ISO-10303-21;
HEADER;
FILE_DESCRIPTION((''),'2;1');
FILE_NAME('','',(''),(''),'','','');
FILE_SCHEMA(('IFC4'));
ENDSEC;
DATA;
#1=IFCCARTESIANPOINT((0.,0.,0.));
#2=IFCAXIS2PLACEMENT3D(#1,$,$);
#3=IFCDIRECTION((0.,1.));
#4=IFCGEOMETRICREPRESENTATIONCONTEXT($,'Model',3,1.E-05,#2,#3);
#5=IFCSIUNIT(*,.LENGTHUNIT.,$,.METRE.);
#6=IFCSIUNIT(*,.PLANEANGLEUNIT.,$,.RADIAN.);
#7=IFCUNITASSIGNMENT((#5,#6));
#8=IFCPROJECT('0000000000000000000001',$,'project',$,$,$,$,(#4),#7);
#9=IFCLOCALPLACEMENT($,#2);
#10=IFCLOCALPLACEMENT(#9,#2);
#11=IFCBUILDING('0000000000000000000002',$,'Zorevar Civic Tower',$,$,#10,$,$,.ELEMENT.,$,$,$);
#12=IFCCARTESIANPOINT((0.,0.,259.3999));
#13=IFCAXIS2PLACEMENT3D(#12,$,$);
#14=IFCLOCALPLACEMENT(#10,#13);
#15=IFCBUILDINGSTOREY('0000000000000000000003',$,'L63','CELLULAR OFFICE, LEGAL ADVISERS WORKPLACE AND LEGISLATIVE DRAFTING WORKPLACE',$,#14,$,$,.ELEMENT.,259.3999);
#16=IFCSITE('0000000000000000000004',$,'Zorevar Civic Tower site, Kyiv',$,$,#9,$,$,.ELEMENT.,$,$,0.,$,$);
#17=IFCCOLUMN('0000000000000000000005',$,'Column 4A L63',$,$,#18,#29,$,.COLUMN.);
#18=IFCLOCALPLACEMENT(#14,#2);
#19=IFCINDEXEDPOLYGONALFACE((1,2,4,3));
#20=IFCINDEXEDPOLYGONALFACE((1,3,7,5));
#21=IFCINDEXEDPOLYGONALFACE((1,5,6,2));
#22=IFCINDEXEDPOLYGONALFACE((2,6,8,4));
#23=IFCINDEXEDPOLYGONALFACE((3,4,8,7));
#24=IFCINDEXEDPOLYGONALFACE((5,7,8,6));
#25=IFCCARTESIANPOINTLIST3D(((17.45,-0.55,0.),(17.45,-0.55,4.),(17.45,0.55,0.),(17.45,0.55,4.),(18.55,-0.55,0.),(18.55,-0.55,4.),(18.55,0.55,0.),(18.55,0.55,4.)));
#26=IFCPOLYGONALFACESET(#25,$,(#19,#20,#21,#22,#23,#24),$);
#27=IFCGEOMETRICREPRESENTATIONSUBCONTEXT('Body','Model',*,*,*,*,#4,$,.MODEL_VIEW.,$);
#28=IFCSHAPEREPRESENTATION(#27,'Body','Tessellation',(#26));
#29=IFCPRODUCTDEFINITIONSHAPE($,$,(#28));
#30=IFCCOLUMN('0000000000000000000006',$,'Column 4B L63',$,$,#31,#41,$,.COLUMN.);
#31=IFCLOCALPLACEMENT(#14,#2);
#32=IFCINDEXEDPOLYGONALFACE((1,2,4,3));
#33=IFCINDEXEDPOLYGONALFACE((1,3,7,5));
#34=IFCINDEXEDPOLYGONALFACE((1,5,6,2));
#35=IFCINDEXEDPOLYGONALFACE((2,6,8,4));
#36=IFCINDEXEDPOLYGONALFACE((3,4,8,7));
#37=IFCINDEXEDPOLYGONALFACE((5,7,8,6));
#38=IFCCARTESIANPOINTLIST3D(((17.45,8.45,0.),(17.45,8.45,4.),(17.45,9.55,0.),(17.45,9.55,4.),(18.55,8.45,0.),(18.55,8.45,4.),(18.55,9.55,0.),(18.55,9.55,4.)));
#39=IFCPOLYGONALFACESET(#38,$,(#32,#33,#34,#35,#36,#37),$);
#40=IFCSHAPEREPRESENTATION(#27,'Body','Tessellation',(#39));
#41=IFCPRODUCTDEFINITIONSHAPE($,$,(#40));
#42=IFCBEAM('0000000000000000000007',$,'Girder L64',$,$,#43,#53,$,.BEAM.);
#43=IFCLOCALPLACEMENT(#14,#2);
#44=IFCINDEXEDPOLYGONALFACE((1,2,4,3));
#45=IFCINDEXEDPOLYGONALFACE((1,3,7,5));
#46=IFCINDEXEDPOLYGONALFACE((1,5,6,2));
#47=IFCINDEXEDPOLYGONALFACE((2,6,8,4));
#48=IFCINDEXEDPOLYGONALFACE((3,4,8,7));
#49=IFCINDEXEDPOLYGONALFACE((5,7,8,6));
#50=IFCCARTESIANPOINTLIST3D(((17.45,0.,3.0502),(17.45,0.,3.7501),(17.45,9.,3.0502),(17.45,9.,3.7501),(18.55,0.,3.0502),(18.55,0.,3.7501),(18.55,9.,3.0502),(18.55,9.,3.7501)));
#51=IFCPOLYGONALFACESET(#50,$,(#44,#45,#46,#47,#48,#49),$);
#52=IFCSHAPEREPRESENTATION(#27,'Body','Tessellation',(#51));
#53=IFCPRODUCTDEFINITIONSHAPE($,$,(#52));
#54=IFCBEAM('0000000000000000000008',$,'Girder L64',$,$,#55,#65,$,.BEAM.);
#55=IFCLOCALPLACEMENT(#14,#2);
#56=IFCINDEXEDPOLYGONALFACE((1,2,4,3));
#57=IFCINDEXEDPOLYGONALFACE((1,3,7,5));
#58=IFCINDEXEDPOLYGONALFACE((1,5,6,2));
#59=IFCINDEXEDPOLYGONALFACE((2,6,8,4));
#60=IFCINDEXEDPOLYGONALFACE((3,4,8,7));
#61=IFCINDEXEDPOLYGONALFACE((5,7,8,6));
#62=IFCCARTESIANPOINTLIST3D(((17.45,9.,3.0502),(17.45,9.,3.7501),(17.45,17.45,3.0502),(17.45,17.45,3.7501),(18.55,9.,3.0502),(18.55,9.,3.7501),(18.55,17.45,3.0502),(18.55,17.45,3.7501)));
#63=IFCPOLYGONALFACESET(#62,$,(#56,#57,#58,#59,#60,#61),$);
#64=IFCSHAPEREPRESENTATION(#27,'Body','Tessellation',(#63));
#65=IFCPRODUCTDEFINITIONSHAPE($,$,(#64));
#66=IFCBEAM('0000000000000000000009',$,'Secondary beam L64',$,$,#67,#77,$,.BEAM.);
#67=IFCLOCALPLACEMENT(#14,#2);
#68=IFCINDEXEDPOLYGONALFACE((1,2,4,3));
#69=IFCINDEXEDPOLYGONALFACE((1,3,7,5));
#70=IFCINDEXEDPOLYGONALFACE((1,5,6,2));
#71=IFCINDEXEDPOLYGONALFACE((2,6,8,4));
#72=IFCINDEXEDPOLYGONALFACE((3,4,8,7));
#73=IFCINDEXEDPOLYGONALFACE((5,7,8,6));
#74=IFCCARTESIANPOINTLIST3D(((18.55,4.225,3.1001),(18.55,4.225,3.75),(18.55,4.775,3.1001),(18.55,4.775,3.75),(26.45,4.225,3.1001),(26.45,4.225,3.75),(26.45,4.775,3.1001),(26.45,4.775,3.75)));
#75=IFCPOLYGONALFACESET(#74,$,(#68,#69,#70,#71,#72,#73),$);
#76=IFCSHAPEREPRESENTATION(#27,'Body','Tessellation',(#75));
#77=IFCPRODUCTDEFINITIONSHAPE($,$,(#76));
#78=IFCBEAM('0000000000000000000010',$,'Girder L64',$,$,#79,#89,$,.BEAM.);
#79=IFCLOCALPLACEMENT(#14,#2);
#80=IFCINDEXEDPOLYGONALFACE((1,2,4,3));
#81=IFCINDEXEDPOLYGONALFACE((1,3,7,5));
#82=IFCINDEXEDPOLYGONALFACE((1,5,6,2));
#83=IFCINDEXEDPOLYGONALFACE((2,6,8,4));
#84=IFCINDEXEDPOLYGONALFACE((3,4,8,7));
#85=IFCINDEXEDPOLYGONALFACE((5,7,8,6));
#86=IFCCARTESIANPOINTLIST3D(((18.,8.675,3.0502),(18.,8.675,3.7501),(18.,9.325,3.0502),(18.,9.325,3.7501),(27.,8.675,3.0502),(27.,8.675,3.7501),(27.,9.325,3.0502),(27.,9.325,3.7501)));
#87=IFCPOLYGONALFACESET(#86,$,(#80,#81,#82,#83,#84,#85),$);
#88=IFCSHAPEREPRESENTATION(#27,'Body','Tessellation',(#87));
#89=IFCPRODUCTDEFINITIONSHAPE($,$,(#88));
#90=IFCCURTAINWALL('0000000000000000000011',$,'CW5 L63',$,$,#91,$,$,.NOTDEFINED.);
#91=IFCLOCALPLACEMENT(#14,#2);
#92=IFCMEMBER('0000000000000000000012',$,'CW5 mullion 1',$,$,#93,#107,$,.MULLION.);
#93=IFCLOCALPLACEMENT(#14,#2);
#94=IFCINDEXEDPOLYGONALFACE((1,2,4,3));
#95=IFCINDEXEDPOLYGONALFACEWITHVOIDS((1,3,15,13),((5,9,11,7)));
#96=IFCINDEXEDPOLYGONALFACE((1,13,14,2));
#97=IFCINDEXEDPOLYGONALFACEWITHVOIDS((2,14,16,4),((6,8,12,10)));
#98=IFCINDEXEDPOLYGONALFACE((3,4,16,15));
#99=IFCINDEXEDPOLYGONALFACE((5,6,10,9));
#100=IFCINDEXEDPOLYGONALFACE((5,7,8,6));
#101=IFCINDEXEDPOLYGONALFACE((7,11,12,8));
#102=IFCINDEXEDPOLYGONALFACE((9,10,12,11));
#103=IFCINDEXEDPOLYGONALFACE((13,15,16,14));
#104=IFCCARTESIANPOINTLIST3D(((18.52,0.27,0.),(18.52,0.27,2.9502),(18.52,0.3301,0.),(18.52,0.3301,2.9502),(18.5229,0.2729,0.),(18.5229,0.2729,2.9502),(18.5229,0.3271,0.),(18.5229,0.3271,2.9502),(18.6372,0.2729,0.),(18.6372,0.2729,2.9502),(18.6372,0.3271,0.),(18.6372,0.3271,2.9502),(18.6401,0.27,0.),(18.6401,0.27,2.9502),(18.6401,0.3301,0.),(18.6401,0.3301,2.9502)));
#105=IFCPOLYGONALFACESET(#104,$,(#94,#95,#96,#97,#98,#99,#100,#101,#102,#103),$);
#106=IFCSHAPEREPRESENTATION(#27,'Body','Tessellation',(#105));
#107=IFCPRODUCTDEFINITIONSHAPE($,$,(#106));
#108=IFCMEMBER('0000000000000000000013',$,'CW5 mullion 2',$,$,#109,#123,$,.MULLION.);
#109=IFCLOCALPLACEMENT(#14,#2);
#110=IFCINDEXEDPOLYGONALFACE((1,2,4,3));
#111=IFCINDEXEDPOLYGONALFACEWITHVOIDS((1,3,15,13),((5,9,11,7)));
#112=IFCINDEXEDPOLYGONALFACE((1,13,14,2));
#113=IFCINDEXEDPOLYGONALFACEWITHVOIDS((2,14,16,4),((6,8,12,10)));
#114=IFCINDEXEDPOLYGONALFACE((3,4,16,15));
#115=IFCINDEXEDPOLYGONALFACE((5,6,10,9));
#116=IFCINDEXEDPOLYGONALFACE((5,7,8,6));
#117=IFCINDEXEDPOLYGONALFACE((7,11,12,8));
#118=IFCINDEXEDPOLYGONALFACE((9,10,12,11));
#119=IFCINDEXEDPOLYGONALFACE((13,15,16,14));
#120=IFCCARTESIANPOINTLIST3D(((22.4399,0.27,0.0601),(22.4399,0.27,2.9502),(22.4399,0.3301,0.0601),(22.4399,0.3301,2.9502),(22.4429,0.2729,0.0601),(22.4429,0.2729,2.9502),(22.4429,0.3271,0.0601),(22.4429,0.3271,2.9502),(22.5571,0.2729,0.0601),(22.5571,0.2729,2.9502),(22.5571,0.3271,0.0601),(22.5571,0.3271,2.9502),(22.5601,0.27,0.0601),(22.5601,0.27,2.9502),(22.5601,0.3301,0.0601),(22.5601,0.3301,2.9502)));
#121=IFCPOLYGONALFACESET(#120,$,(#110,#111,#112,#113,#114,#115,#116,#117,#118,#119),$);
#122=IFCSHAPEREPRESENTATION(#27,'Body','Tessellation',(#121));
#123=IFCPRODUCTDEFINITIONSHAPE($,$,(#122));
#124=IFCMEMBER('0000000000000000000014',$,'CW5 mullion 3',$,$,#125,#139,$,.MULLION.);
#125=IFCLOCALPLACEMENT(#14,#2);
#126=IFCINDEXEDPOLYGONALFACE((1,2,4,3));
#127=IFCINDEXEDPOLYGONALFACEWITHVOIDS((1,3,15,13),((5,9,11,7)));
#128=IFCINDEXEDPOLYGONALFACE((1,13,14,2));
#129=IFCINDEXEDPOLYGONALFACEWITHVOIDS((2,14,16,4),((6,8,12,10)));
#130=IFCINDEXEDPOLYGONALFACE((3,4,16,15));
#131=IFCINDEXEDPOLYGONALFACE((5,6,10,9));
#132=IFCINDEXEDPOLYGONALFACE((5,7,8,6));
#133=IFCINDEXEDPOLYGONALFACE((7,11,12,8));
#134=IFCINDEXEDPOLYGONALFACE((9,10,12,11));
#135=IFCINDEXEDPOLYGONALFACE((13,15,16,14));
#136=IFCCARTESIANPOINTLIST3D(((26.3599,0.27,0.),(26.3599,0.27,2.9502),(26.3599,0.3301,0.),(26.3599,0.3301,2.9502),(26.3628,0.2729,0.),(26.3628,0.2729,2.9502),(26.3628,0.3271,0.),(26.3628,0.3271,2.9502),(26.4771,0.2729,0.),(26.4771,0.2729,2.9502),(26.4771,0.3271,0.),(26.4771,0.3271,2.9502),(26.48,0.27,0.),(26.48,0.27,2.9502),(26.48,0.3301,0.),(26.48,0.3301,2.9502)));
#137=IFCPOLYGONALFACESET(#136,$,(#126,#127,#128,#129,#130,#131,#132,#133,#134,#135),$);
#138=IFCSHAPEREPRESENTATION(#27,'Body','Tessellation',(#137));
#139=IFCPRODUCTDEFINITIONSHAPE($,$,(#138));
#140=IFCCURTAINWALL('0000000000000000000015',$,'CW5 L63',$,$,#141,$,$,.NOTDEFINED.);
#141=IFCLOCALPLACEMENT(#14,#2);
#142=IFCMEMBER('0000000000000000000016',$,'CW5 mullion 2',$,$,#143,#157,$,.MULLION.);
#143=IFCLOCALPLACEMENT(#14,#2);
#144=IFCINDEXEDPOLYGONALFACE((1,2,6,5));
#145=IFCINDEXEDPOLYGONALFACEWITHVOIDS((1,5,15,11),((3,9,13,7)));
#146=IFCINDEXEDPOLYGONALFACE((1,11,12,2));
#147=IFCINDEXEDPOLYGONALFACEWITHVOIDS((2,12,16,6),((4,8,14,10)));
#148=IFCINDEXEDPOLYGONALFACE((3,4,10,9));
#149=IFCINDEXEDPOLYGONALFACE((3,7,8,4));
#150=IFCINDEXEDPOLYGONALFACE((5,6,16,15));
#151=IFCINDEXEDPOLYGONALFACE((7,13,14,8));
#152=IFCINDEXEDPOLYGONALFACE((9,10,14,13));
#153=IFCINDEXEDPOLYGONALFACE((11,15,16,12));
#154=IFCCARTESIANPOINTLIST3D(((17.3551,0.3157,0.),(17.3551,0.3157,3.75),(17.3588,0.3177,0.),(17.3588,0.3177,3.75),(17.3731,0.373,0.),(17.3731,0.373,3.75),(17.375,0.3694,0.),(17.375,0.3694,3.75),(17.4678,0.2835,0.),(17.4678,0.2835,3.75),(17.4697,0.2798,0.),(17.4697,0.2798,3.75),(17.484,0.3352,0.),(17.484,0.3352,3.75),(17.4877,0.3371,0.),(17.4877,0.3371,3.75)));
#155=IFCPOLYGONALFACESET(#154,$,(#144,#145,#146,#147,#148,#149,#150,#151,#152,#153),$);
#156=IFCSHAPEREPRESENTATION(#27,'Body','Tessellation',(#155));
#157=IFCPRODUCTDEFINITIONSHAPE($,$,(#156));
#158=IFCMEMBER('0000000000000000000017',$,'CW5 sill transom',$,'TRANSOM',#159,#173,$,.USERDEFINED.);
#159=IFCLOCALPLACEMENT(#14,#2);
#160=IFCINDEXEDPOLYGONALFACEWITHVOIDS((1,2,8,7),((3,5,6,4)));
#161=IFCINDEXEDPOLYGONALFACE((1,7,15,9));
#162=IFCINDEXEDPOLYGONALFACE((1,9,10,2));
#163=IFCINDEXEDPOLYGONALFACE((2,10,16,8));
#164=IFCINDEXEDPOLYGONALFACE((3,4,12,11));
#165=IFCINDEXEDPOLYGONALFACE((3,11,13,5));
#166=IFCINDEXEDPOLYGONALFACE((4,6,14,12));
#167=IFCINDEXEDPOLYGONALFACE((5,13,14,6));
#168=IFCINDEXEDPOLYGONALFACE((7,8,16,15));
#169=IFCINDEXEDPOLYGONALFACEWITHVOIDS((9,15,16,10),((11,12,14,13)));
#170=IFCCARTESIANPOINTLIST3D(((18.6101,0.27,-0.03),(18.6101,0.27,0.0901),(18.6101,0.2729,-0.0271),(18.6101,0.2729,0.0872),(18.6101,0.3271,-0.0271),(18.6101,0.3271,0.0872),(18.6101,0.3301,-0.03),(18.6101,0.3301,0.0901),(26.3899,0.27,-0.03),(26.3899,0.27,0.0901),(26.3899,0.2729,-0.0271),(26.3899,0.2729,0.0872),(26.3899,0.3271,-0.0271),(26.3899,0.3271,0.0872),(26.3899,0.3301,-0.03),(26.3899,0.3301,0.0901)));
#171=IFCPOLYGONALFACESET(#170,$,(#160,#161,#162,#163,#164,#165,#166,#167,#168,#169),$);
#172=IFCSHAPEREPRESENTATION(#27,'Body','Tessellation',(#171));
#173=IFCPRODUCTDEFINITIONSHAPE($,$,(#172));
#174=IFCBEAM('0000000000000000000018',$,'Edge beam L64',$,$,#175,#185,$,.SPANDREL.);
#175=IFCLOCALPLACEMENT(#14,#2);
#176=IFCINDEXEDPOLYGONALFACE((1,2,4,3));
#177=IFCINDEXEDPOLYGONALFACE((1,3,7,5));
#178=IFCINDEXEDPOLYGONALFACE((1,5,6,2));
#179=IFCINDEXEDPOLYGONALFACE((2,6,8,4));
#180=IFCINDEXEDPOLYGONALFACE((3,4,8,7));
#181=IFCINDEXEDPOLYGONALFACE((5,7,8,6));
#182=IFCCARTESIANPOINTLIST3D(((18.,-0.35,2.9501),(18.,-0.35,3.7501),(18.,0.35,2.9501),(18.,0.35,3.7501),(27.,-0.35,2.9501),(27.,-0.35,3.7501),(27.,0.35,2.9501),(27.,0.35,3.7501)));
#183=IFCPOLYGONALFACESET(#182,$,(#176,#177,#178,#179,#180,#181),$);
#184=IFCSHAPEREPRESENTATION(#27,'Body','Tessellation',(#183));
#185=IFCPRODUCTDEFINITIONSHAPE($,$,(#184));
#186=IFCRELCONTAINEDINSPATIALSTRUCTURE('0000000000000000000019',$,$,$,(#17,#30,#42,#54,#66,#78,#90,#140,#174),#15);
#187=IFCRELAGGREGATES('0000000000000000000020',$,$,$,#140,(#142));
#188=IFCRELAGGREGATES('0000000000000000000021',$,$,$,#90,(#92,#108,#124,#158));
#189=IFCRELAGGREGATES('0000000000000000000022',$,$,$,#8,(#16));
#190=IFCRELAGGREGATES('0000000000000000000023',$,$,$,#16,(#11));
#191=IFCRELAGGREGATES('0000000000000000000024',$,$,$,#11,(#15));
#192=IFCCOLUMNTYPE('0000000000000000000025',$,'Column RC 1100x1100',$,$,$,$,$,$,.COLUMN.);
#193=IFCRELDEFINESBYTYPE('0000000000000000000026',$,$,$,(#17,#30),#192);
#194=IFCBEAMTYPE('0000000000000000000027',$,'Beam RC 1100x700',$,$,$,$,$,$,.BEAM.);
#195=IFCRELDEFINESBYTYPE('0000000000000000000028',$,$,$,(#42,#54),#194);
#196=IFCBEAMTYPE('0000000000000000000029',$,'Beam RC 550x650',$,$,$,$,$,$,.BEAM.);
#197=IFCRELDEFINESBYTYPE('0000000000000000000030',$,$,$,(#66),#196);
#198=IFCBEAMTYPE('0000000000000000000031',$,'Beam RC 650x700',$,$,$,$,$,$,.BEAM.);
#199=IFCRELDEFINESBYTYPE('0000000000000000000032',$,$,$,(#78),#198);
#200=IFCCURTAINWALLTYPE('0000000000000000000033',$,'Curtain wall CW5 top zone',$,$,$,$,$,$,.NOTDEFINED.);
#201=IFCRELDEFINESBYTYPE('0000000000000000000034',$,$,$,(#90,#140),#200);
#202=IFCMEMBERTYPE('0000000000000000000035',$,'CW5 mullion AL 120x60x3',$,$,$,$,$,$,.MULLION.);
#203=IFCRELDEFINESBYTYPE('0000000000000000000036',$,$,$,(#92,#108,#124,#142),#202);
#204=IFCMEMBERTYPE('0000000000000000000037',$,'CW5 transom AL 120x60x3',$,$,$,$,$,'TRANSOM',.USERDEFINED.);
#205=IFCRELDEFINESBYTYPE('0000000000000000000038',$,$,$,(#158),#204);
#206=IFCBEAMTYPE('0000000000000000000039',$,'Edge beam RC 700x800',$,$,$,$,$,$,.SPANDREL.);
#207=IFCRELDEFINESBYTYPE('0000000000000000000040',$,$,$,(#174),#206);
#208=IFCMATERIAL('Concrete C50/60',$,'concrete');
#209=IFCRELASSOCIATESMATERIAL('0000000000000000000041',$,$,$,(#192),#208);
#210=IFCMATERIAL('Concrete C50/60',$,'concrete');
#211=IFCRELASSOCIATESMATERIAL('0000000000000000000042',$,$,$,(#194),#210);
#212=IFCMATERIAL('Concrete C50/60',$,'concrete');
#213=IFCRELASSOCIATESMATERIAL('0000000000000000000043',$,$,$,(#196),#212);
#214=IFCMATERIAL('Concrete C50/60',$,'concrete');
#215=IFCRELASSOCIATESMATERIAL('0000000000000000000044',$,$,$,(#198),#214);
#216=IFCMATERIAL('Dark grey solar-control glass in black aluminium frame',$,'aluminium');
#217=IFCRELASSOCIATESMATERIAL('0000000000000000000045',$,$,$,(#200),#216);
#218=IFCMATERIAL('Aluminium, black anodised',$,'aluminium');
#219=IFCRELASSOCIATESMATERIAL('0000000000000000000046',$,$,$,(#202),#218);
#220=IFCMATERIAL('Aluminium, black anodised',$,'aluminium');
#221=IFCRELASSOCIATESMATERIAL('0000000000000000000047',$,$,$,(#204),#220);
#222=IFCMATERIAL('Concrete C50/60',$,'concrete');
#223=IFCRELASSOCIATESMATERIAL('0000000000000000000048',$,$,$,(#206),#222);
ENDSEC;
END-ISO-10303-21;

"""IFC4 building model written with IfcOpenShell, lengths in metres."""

from ifc_helpers import new_model, si_unit, direction, frame, origin, origin_2d, place, context, subcontext, project, spatial, rectangle, hollow_rectangle, extrude, material, material_profile, profile_set, type_object, element, aggregate, save


model = new_model("IFC4")

# Units and contexts
model_context = context("Model", 3, precision=1e-05, world=origin(), true_north=direction((0.0, 1.0)))
body_context = subcontext(model_context, "Body", "Model", "MODEL_VIEW")
ifc_project = project(units=[si_unit("LENGTHUNIT", "METRE"), si_unit("PLANEANGLEUNIT", "RADIAN")], contexts=[model_context])

# Site, building, storey
site_placement = place(None, origin())
site = spatial("IfcSite", under=ifc_project, at=site_placement, Name="Zorevar Civic Tower site, Kyiv", CompositionType="ELEMENT", RefElevation=0.0)
building_placement = place(site_placement, origin())
building = spatial("IfcBuilding", under=site, at=building_placement, Name="Zorevar Civic Tower", CompositionType="ELEMENT")
storey_placement = place(building_placement, frame((0.0, 0.0, 259.3999)))
storey = spatial("IfcBuildingStorey", under=building, at=storey_placement, Name="L63", Description="CELLULAR OFFICE, LEGAL ADVISERS WORKPLACE AND LEGISLATIVE DRAFTING WORKPLACE", CompositionType="ELEMENT", Elevation=259.3999)

# Columns
ifc_material_1 = material(Name="Concrete C50/60", Category="concrete")
ifc_material_profile_1 = material_profile(ifc_material_1, rectangle(XDim=1.1001, YDim=1.1001, at=origin_2d()), Name="RC 1100x1100")
ifc_profile_set_1 = profile_set([ifc_material_profile_1], Name="Concrete C50/60")
column_type = type_object("IfcColumnType", Name="Column RC 1100x1100", PredefinedType="COLUMN", material=ifc_profile_set_1)
for number, where, z_axis, x_axis, name in (
    (1, (18.0, 0.0, 0.0), (0.0, 0.0, 1.0), (1.0, 0.0, 0.0), "Column 4A L63"),
    (2, (18.0, 9.0, 0.0), (0.0, 0.0, 1.0), (1.0, 0.0, 0.0), "Column 4B L63"),
):
    element("IfcColumn", number, at=place(storey_placement, frame(where, z_axis=z_axis, x_axis=x_axis)), inside=storey, type_object=column_type, Name=name, PredefinedType="COLUMN", context=body_context, shape_type="SweptSolid", body=[
        extrude(rectangle(XDim=1.1001, YDim=1.1001, at=origin_2d()), origin(), (0.0, 0.0, 1.0), 4.0),
    ])

# Beams
ifc_material_2 = material(Name="Concrete C50/60", Category="concrete")
ifc_material_profile_2 = material_profile(ifc_material_2, rectangle(XDim=1.1001, YDim=0.7, at=origin_2d()), Name="RC 1100x700")
ifc_profile_set_2 = profile_set([ifc_material_profile_2], Name="Concrete C50/60")
beam_type_1 = type_object("IfcBeamType", Name="Beam RC 1100x700", PredefinedType="BEAM", material=ifc_profile_set_2)
beam_1_placement = place(storey_placement, frame((18.0, 0.0, 3.4001), z_axis=(0.0, 1.0, 0.0), x_axis=(-1.0, 0.0, 0.0)))
element("IfcBeam", 3, at=beam_1_placement, inside=storey, type_object=beam_type_1, Name="Girder L64", PredefinedType="BEAM", context=body_context, shape_type="SweptSolid", body=[
    extrude(rectangle(XDim=1.1001, YDim=0.7, at=origin_2d()), origin(), (0.0, 0.0, 1.0), 9.0),
])
beam_2_placement = place(storey_placement, frame((18.0, 9.0, 3.4001), z_axis=(0.0, 1.0, 0.0), x_axis=(-1.0, 0.0, 0.0)))
element("IfcBeam", 4, at=beam_2_placement, inside=storey, type_object=beam_type_1, Name="Girder L64", PredefinedType="BEAM", context=body_context, shape_type="SweptSolid", body=[
    extrude(rectangle(XDim=1.1001, YDim=0.7, at=origin_2d()), origin(), (0.0, 0.0, 1.0), 8.45),
])
ifc_material_3 = material(Name="Concrete C50/60", Category="concrete")
ifc_material_profile_3 = material_profile(ifc_material_3, rectangle(XDim=0.55, YDim=0.6499, at=origin_2d()), Name="RC 550x650")
ifc_profile_set_3 = profile_set([ifc_material_profile_3], Name="Concrete C50/60")
beam_type_2 = type_object("IfcBeamType", Name="Beam RC 550x650", PredefinedType="BEAM", material=ifc_profile_set_3)
beam_3_placement = place(storey_placement, frame((18.55, 4.5, 3.425), z_axis=(1.0, 0.0, 0.0), x_axis=(0.0, 1.0, 0.0)))
element("IfcBeam", 5, at=beam_3_placement, inside=storey, type_object=beam_type_2, Name="Secondary beam L64", PredefinedType="BEAM", context=body_context, shape_type="SweptSolid", body=[
    extrude(rectangle(XDim=0.55, YDim=0.6499, at=origin_2d()), origin(), (0.0, 0.0, 1.0), 7.8999),
])
ifc_material_4 = material(Name="Concrete C50/60", Category="concrete")
ifc_material_profile_4 = material_profile(ifc_material_4, rectangle(XDim=0.6499, YDim=0.7, at=origin_2d()), Name="RC 650x700")
ifc_profile_set_4 = profile_set([ifc_material_profile_4], Name="Concrete C50/60")
beam_type_3 = type_object("IfcBeamType", Name="Beam RC 650x700", PredefinedType="BEAM", material=ifc_profile_set_4)
beam_4_placement = place(storey_placement, frame((18.0, 9.0, 3.4001), z_axis=(1.0, 0.0, 0.0), x_axis=(0.0, 1.0, 0.0)))
element("IfcBeam", 6, at=beam_4_placement, inside=storey, type_object=beam_type_3, Name="Girder L64", PredefinedType="BEAM", context=body_context, shape_type="SweptSolid", body=[
    extrude(rectangle(XDim=0.6499, YDim=0.7, at=origin_2d()), origin(), (0.0, 0.0, 1.0), 9.0),
])

# Curtain wall, members
ifc_material_5 = material(Name="Dark grey solar-control glass in black aluminium frame", Category="aluminium")
curtain_wall_type = type_object("IfcCurtainWallType", Name="Curtain wall CW5 top zone", PredefinedType="NOTDEFINED", material=ifc_material_5)
curtain_wall_1_placement = place(storey_placement, origin())
curtain_wall_1 = element("IfcCurtainWall", 7, at=curtain_wall_1_placement, inside=storey, type_object=curtain_wall_type, Name="CW5 L63", PredefinedType="NOTDEFINED")
ifc_material_6 = material(Name="Aluminium, black anodised", Category="aluminium")
ifc_material_profile_5 = material_profile(ifc_material_6, hollow_rectangle(XDim=0.0601, YDim=0.1201, WallThickness=0.0029, at=origin_2d()), Name="AL 120x60x3")
ifc_profile_set_5 = profile_set([ifc_material_profile_5], Name="Aluminium, black anodised")
member_type_1 = type_object("IfcMemberType", Name="CW5 mullion AL 120x60x3", PredefinedType="MULLION", material=ifc_profile_set_5)
member_1_placement = place(storey_placement, frame((18.5801, 0.3, 0.0), z_axis=(0.0, 0.0, 1.0), x_axis=(0.0, 1.0, 0.0)))
member_1 = element("IfcMember", 8, at=member_1_placement, type_object=member_type_1, Name="CW5 mullion 1", PredefinedType="MULLION", context=body_context, shape_type="SweptSolid", body=[
    extrude(hollow_rectangle(XDim=0.0601, YDim=0.1201, WallThickness=0.0029, at=origin_2d()), origin(), (0.0, 0.0, 1.0), 2.9502),
])
member_2_placement = place(storey_placement, frame((22.5, 0.3, 0.0601), z_axis=(0.0, 0.0, 1.0), x_axis=(0.0, 1.0, 0.0)))
member_2 = element("IfcMember", 9, at=member_2_placement, type_object=member_type_1, Name="CW5 mullion 2", PredefinedType="MULLION", context=body_context, shape_type="SweptSolid", body=[
    extrude(hollow_rectangle(XDim=0.0601, YDim=0.1201, WallThickness=0.0029, at=origin_2d()), origin(), (0.0, 0.0, 1.0), 2.8901),
])
member_3_placement = place(storey_placement, frame((26.4199, 0.3, 0.0), z_axis=(0.0, 0.0, 1.0), x_axis=(0.0, 1.0, 0.0)))
member_3 = element("IfcMember", 10, at=member_3_placement, type_object=member_type_1, Name="CW5 mullion 3", PredefinedType="MULLION", context=body_context, shape_type="SweptSolid", body=[
    extrude(hollow_rectangle(XDim=0.0601, YDim=0.1201, WallThickness=0.0029, at=origin_2d()), origin(), (0.0, 0.0, 1.0), 2.9502),
])

# Curtain wall, member
curtain_wall_2_placement = place(storey_placement, origin())
curtain_wall_2 = element("IfcCurtainWall", 11, at=curtain_wall_2_placement, inside=storey, type_object=curtain_wall_type, Name="CW5 L63", PredefinedType="NOTDEFINED")
member_4_placement = place(storey_placement, frame((17.4214, 0.3264, 0.0), z_axis=(0.0, 0.0, 1.0), x_axis=(0.299318, 0.954153, 0.0)))
member_4 = element("IfcMember", 12, at=member_4_placement, type_object=member_type_1, Name="CW5 mullion 2", PredefinedType="MULLION", context=body_context, shape_type="SweptSolid", body=[
    extrude(hollow_rectangle(XDim=0.0601, YDim=0.1201, WallThickness=0.0029, at=origin_2d()), origin(), (0.0, 0.0, 1.0), 3.75),
])
aggregate(curtain_wall_2, [member_4])

# Member
ifc_material_7 = material(Name="Aluminium, black anodised", Category="aluminium")
ifc_material_profile_6 = material_profile(ifc_material_7, hollow_rectangle(XDim=0.0601, YDim=0.1201, WallThickness=0.0029, at=origin_2d()), Name="AL 120x60x3")
ifc_profile_set_6 = profile_set([ifc_material_profile_6], Name="Aluminium, black anodised")
member_type_2 = type_object("IfcMemberType", Name="CW5 transom AL 120x60x3", ElementType="TRANSOM", PredefinedType="USERDEFINED", material=ifc_profile_set_6)
member_5_placement = place(storey_placement, frame((18.6101, 0.3, 0.03), z_axis=(1.0, 0.0, 0.0), x_axis=(0.0, 1.0, 0.0)))
member_5 = element("IfcMember", 13, at=member_5_placement, type_object=member_type_2, Name="CW5 sill transom", ObjectType="TRANSOM", PredefinedType="USERDEFINED", context=body_context, shape_type="SweptSolid", body=[
    extrude(hollow_rectangle(XDim=0.0601, YDim=0.1201, WallThickness=0.0029, at=origin_2d()), origin(), (0.0, 0.0, 1.0), 7.7798),
])

# Beam
ifc_material_8 = material(Name="Concrete C50/60", Category="concrete")
ifc_material_profile_7 = material_profile(ifc_material_8, rectangle(XDim=0.7, YDim=0.8, at=origin_2d()), Name="RC 700x800")
ifc_profile_set_7 = profile_set([ifc_material_profile_7], Name="Concrete C50/60")
beam_type_4 = type_object("IfcBeamType", Name="Edge beam RC 700x800", PredefinedType="SPANDREL", material=ifc_profile_set_7)
beam_5_placement = place(storey_placement, frame((18.0, 0.0, 3.3501), z_axis=(1.0, 0.0, 0.0), x_axis=(0.0, 1.0, 0.0)))
element("IfcBeam", 14, at=beam_5_placement, inside=storey, type_object=beam_type_4, Name="Edge beam L64", PredefinedType="SPANDREL", context=body_context, shape_type="SweptSolid", body=[
    extrude(rectangle(XDim=0.7, YDim=0.8, at=origin_2d()), origin(), (0.0, 0.0, 1.0), 9.0),
])

aggregate(curtain_wall_1, [member_1, member_2, member_3, member_5])

save(model, "model.ifc")
